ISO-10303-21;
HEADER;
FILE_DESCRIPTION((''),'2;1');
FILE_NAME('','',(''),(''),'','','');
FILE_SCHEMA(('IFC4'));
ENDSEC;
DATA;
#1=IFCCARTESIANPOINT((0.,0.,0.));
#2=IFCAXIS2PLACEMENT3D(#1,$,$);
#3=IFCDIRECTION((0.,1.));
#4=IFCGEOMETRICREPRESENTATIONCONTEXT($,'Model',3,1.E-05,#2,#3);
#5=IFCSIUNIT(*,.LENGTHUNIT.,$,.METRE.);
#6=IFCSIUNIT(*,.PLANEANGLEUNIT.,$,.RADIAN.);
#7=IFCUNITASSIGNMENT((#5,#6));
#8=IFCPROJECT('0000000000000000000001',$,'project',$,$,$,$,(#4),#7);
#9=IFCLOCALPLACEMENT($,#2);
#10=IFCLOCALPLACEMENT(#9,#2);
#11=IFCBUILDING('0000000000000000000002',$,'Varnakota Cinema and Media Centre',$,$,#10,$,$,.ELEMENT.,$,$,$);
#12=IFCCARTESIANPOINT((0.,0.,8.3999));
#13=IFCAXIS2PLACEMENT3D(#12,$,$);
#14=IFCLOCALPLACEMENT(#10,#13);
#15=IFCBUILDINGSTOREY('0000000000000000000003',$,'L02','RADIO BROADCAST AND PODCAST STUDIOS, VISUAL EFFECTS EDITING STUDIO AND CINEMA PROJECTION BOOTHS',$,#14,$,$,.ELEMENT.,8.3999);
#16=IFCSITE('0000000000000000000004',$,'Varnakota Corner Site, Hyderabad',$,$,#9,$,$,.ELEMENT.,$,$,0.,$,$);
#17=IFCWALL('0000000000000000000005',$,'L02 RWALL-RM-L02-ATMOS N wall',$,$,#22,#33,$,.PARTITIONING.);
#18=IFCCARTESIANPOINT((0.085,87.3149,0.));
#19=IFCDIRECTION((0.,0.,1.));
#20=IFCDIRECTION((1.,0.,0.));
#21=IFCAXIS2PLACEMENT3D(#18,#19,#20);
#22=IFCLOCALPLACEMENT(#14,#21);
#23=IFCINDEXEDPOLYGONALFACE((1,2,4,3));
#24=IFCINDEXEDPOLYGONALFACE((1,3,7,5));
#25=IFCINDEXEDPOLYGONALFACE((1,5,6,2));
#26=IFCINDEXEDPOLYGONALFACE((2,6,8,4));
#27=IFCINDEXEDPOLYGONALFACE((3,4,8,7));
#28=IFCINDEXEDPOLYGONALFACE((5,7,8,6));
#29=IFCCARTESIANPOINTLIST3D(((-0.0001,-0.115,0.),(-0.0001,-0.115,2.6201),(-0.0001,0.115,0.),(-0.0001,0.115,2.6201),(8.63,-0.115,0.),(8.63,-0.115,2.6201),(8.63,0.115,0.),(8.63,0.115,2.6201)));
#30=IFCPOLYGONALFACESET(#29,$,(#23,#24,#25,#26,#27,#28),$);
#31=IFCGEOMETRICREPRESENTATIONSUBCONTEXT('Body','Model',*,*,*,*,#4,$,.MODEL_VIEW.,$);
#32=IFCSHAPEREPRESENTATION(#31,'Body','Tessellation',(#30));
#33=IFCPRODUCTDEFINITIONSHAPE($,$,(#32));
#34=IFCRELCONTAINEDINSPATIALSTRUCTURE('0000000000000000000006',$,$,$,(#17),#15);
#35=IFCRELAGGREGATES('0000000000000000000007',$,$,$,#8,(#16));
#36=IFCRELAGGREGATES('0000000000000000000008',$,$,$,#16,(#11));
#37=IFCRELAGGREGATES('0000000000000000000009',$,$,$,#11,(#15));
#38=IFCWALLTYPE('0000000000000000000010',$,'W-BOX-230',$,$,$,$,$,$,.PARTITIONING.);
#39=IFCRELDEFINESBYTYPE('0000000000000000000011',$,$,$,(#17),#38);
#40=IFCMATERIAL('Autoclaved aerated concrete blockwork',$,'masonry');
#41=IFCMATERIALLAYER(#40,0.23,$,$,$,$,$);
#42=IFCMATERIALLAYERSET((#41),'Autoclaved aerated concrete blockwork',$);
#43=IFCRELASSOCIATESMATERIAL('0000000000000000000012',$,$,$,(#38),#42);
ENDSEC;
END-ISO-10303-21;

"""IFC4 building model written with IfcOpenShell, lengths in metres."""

from ifc_helpers import new_model, si_unit, direction, frame, frame_2d, origin, place, context, subcontext, project, spatial, rectangle, extrude, material, layer, layer_set, type_object, element, save


model = new_model("IFC4")

# Units and contexts
model_context = context("Model", 3, precision=1e-05, world=origin(), true_north=direction((0.0, 1.0)))
body_context = subcontext(model_context, "Body", "Model", "MODEL_VIEW")
ifc_project = project(units=[si_unit("LENGTHUNIT", "METRE"), si_unit("PLANEANGLEUNIT", "RADIAN")], contexts=[model_context])

# Site, building, storey
site_placement = place(None, origin())
site = spatial("IfcSite", under=ifc_project, at=site_placement, Name="Varnakota Corner Site, Hyderabad", CompositionType="ELEMENT", RefElevation=0.0)
building_placement = place(site_placement, origin())
building = spatial("IfcBuilding", under=site, at=building_placement, Name="Varnakota Cinema and Media Centre", CompositionType="ELEMENT")
storey_placement = place(building_placement, frame((0.0, 0.0, 8.3999)))
storey = spatial("IfcBuildingStorey", under=building, at=storey_placement, Name="L02", Description="RADIO BROADCAST AND PODCAST STUDIOS, VISUAL EFFECTS EDITING STUDIO AND CINEMA PROJECTION BOOTHS", CompositionType="ELEMENT", Elevation=8.3999)

# Wall
ifc_material_1 = material(Name="Autoclaved aerated concrete blockwork", Category="masonry")
ifc_layer_1 = layer(ifc_material_1, 0.23)
ifc_layer_set_1 = layer_set([ifc_layer_1], Name="Autoclaved aerated concrete blockwork")
wall_type_1 = type_object("IfcWallType", Name="W-BOX-230", PredefinedType="PARTITIONING", material=ifc_layer_set_1)
wall_1_placement = place(storey_placement, frame((0.085, 87.3149, 0.0), z_axis=(0.0, 0.0, 1.0), x_axis=(1.0, 0.0, 0.0)))
element("IfcWall", 1, at=wall_1_placement, inside=storey, type_object=wall_type_1, Name="L02 RWALL-RM-L02-ATMOS N wall", PredefinedType="PARTITIONING", context=body_context, shape_type="SweptSolid", body=[
    extrude(rectangle(XDim=8.6301, YDim=0.23, at=frame_2d((4.3149, 0.0))), origin(), (0.0, 0.0, 1.0), 2.6201),
])

save(model, "model.ifc")
